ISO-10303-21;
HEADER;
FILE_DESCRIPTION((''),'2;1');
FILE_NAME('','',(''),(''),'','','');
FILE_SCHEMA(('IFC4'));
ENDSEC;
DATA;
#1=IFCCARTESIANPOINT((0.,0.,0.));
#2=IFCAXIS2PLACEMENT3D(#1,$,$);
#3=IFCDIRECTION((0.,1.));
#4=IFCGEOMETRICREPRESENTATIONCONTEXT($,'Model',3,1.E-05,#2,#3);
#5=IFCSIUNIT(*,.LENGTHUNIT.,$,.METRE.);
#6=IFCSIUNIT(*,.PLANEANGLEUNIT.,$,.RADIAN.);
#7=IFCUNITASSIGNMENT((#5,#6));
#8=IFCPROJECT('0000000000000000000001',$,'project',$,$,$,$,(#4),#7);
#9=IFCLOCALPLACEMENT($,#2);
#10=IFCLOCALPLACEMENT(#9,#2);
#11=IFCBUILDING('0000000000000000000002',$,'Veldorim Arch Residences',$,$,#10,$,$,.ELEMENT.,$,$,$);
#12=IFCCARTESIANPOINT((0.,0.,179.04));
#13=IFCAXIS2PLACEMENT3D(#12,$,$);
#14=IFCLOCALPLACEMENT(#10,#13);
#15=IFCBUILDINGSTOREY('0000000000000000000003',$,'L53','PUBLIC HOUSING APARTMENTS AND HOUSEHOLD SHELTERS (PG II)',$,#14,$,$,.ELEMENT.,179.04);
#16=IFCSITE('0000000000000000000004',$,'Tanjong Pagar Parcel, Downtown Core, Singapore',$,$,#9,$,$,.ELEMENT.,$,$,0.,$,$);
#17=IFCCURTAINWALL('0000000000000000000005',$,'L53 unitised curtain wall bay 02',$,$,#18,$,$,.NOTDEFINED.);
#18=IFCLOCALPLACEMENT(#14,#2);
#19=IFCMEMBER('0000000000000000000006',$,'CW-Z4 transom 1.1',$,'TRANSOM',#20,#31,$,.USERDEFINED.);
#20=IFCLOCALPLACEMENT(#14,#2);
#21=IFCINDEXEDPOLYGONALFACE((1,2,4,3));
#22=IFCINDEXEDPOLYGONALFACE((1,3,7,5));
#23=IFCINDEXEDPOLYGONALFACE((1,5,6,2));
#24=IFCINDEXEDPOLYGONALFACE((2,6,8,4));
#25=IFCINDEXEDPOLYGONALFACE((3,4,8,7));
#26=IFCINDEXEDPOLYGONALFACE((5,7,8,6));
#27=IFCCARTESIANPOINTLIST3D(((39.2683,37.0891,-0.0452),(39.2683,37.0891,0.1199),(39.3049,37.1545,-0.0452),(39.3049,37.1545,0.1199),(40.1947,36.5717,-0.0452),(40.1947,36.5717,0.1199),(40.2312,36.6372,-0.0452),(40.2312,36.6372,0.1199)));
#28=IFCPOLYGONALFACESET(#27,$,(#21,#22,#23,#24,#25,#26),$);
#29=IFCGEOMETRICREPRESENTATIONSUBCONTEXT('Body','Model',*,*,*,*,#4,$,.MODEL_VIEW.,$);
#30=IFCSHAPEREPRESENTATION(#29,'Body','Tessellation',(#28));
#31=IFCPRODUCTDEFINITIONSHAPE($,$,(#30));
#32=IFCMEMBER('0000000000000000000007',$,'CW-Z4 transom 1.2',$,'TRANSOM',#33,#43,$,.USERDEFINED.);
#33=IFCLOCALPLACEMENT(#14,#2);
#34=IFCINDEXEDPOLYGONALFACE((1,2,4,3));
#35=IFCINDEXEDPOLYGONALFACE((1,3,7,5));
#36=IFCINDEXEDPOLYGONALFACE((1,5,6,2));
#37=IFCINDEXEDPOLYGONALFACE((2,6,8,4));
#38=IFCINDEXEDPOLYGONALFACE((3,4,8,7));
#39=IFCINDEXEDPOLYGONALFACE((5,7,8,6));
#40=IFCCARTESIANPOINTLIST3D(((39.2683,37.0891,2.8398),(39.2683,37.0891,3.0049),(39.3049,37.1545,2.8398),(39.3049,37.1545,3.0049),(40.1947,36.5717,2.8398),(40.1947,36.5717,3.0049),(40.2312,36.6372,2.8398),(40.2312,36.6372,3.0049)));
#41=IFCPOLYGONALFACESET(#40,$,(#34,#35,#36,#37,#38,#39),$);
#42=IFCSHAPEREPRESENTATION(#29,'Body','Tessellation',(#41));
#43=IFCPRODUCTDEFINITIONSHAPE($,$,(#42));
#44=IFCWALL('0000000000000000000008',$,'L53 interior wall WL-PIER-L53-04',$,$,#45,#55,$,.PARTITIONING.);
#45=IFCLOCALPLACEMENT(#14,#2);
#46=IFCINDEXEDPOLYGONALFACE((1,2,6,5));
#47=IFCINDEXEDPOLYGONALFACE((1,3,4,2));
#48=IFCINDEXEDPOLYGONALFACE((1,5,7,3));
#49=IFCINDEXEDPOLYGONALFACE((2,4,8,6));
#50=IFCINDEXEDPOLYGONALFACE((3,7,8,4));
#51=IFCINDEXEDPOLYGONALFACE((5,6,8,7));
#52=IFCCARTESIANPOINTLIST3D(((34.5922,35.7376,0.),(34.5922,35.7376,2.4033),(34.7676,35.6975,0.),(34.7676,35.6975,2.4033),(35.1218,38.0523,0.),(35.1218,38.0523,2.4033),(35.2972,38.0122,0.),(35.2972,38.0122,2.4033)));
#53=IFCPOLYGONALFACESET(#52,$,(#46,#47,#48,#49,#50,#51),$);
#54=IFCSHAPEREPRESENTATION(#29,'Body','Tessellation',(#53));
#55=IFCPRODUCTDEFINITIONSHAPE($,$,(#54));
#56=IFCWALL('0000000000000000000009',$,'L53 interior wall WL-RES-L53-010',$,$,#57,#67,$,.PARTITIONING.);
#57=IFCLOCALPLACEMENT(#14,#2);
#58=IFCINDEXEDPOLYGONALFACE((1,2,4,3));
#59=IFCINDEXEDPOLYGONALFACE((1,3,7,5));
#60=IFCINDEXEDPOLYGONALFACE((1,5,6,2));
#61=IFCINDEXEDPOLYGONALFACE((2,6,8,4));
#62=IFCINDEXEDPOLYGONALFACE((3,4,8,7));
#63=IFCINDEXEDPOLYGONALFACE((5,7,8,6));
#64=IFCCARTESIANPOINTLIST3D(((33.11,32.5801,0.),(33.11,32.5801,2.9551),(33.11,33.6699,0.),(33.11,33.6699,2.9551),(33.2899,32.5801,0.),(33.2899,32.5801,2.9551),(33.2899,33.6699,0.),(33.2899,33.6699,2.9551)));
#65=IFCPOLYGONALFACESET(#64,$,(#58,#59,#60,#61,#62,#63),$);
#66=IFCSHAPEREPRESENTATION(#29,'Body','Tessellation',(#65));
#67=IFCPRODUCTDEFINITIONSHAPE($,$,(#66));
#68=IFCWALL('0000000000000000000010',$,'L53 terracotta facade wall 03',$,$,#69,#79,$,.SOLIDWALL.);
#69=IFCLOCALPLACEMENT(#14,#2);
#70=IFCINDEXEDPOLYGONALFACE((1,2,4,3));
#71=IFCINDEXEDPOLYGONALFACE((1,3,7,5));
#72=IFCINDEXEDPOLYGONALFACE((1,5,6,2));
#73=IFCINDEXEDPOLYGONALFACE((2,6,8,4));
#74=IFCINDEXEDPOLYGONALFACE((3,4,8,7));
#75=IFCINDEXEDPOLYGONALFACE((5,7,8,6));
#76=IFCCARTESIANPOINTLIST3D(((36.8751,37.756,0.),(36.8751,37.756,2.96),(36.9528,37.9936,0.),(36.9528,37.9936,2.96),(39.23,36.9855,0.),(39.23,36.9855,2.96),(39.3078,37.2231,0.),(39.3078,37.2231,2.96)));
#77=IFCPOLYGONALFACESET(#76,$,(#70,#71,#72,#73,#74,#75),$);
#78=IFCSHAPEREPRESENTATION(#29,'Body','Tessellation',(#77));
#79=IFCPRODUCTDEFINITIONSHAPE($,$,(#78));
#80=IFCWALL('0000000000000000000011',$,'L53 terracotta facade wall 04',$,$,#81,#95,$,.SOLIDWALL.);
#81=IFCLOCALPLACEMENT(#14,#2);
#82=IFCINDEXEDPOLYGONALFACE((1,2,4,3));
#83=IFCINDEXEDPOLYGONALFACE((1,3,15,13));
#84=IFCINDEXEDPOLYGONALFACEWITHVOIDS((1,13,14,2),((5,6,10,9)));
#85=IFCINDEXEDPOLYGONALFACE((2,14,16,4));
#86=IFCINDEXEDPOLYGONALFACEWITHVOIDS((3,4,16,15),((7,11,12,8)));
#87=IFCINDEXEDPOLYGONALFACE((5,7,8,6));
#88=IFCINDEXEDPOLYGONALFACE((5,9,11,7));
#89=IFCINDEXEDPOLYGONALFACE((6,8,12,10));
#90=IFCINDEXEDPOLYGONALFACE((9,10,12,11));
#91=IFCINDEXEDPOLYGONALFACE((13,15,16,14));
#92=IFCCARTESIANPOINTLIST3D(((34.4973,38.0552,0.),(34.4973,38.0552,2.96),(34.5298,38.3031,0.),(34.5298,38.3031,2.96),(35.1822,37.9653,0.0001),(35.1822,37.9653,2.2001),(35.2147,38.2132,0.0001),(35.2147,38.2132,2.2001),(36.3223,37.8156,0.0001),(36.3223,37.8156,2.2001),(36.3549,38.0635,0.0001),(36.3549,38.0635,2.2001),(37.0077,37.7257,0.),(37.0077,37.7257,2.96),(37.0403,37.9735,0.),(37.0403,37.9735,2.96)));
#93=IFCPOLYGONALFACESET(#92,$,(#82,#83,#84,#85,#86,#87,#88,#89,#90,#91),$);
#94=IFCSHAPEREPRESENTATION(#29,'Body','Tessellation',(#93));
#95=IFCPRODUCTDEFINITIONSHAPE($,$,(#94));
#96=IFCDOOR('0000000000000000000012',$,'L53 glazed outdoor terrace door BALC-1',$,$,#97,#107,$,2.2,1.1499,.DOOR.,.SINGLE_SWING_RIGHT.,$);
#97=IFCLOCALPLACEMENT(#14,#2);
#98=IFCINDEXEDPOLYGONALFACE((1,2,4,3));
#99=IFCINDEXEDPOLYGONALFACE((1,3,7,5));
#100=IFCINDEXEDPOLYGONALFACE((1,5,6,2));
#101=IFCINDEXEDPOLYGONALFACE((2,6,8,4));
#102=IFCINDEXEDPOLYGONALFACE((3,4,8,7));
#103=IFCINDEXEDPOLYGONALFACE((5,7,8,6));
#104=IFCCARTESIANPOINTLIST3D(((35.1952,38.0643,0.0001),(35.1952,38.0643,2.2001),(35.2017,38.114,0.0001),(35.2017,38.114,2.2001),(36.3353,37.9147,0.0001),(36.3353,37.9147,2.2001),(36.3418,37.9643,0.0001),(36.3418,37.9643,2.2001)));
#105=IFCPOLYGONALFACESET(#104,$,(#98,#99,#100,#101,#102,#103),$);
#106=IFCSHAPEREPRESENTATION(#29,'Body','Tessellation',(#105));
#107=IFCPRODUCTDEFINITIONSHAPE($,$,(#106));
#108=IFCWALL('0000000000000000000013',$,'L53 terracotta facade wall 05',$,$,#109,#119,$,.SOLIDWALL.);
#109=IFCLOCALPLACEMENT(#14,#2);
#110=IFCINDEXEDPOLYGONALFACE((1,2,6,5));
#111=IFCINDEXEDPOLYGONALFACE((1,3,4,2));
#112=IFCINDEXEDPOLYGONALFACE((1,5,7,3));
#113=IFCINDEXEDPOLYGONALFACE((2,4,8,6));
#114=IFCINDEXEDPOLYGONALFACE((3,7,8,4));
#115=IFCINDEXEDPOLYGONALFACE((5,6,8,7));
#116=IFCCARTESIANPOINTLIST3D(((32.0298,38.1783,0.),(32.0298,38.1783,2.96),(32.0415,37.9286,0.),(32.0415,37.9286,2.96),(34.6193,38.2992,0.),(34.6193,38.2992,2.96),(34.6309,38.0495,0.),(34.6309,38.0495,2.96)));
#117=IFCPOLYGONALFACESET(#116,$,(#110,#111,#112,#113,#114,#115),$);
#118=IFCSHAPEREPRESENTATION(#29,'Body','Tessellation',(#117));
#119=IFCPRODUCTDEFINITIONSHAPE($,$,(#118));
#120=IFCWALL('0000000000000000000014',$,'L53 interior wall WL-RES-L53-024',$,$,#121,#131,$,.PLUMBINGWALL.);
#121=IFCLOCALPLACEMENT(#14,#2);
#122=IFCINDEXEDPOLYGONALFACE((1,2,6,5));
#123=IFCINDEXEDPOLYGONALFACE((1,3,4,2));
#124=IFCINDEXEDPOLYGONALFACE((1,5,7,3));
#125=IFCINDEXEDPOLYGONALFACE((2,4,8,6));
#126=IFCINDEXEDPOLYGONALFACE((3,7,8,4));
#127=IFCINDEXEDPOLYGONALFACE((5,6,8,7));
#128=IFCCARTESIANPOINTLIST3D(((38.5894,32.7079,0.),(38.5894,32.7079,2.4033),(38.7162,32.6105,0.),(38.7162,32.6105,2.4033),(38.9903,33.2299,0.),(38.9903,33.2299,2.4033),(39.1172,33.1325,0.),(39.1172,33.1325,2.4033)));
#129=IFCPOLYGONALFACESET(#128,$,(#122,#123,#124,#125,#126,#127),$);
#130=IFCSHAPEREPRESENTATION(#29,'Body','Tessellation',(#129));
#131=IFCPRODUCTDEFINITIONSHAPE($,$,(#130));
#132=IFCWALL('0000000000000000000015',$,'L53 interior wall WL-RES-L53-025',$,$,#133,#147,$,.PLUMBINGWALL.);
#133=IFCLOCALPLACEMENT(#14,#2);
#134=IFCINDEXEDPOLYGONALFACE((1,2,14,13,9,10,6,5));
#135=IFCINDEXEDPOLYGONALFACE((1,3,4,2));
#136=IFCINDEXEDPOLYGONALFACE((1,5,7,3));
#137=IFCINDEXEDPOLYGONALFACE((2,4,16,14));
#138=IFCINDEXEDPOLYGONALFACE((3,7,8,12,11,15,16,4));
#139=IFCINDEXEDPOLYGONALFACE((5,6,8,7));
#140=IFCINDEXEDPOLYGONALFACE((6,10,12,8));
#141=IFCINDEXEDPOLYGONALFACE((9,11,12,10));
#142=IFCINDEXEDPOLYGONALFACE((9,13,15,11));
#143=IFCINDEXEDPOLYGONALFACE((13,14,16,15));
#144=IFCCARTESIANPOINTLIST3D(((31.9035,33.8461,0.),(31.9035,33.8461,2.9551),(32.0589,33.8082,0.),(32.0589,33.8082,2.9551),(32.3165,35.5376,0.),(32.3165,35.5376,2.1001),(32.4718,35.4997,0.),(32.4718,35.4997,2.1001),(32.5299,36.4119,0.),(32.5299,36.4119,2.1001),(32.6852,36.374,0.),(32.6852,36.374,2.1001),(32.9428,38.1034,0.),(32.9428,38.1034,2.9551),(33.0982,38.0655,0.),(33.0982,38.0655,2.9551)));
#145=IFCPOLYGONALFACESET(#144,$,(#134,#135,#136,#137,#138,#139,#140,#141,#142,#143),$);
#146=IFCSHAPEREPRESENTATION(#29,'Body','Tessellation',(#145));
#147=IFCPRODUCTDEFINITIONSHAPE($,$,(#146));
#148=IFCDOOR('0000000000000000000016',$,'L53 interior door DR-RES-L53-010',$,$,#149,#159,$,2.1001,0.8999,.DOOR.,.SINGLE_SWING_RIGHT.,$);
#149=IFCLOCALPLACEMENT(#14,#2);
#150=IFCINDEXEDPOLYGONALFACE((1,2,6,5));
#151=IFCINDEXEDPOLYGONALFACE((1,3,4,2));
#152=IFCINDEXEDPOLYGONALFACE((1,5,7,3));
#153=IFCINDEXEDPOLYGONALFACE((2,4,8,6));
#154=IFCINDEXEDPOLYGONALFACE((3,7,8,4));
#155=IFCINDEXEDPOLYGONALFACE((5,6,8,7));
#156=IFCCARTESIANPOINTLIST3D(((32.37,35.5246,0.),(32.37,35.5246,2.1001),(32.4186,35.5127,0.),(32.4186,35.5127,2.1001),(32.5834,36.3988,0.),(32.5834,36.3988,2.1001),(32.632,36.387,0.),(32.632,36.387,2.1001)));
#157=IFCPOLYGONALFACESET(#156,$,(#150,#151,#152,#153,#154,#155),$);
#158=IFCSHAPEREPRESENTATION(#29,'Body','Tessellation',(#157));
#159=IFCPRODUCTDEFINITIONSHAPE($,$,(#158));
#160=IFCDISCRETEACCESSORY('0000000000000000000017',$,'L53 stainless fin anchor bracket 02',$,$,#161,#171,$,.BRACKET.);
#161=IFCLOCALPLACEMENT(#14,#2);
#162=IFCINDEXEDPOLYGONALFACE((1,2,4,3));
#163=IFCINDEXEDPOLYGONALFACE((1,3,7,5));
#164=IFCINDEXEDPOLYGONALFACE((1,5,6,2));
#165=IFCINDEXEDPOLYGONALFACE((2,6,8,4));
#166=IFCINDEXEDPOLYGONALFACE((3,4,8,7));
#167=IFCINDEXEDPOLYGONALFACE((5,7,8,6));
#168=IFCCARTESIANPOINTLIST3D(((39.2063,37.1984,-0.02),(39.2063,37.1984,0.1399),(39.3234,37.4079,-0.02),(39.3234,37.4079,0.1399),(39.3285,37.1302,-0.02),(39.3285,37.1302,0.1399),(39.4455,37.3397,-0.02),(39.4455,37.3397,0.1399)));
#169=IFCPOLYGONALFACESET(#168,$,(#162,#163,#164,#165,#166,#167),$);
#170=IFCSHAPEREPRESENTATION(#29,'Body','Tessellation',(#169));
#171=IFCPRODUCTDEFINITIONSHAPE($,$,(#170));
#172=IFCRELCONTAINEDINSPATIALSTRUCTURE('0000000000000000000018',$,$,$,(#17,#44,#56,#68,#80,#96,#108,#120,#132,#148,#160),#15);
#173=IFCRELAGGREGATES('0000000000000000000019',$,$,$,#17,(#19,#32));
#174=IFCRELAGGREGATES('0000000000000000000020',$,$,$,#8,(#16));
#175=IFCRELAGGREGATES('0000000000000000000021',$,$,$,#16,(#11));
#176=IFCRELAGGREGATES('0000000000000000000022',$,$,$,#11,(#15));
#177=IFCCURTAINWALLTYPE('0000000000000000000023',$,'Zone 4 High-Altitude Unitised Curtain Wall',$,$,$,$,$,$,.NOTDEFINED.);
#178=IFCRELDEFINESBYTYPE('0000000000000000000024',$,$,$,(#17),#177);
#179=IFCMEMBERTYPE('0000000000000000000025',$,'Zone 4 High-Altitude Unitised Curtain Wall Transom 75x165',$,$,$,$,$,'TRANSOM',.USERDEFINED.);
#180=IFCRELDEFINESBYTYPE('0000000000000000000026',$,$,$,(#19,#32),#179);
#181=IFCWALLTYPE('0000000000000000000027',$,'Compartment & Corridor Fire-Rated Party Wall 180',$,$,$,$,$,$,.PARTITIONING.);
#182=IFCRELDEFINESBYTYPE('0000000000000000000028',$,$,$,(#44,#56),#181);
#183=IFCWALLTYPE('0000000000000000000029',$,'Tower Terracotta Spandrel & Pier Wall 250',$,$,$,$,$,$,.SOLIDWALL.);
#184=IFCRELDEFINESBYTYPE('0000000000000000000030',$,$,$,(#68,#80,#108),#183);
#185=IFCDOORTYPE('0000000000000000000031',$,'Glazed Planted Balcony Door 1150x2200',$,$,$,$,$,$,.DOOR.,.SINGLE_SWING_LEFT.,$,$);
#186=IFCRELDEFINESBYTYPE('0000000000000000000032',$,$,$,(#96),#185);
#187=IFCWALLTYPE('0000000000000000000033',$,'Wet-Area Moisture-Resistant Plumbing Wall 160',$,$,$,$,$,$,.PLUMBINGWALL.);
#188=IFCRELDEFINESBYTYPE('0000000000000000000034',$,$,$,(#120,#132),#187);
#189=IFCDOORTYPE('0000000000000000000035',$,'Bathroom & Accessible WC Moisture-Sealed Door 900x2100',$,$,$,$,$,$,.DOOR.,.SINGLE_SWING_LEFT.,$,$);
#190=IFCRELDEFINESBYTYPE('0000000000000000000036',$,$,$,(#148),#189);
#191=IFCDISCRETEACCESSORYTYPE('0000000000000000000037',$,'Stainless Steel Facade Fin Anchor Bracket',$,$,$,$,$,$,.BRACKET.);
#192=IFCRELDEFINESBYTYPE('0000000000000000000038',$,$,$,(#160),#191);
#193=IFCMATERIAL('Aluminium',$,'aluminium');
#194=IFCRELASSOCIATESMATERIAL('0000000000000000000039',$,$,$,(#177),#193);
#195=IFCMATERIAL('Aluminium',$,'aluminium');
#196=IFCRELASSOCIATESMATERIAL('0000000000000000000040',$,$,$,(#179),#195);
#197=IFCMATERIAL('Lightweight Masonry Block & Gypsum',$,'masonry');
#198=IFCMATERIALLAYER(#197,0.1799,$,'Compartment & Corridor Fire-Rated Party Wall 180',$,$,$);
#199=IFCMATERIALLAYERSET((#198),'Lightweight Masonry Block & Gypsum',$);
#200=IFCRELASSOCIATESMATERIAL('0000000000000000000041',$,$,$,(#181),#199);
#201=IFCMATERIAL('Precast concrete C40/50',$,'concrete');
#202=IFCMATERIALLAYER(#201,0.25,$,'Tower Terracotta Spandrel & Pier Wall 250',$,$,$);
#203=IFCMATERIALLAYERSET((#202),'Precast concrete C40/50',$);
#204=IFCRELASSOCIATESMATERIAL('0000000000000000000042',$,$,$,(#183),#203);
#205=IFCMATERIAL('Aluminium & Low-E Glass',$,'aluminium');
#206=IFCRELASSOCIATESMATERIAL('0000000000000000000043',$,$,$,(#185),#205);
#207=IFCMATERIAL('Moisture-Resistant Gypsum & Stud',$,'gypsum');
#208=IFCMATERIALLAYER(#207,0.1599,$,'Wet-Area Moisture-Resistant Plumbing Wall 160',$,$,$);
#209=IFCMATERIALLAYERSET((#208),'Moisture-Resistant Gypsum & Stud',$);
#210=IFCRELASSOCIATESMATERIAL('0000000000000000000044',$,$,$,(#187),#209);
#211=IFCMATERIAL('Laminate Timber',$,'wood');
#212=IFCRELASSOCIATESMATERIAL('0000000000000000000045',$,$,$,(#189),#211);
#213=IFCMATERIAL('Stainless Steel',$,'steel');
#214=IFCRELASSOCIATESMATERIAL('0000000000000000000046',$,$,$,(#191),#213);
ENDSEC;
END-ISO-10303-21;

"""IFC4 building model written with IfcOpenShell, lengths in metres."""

from ifc_helpers import new_model, si_unit, direction, frame, frame_2d, origin, origin_2d, place, context, subcontext, project, spatial, rectangle, extrude, material, layer, layer_set, material_profile, profile_set, type_object, element, fill, aggregate, save


model = new_model("IFC4")

# Units and contexts
model_context = context("Model", 3, precision=1e-05, world=origin(), true_north=direction((0.0, 1.0)))
body_context = subcontext(model_context, "Body", "Model", "MODEL_VIEW")
ifc_project = project(units=[si_unit("LENGTHUNIT", "METRE"), si_unit("PLANEANGLEUNIT", "RADIAN")], contexts=[model_context])

# Site, building, storey
site_placement = place(None, origin())
site = spatial("IfcSite", under=ifc_project, at=site_placement, Name="Tanjong Pagar Parcel, Downtown Core, Singapore", CompositionType="ELEMENT", RefElevation=0.0)
building_placement = place(site_placement, origin())
building = spatial("IfcBuilding", under=site, at=building_placement, Name="Veldorim Arch Residences", CompositionType="ELEMENT")
storey_placement = place(building_placement, frame((0.0, 0.0, 179.04)))
storey = spatial("IfcBuildingStorey", under=building, at=storey_placement, Name="L53", Description="PUBLIC HOUSING APARTMENTS AND HOUSEHOLD SHELTERS (PG II)", CompositionType="ELEMENT", Elevation=179.04)

# Curtain wall, members
ifc_material_1 = material(Name="Aluminium", Category="aluminium")
curtain_wall_type = type_object("IfcCurtainWallType", Name="Zone 4 High-Altitude Unitised Curtain Wall", PredefinedType="NOTDEFINED", material=ifc_material_1)
curtain_wall_placement = place(storey_placement, origin())
curtain_wall = element("IfcCurtainWall", 1, at=curtain_wall_placement, inside=storey, type_object=curtain_wall_type, Name="L53 unitised curtain wall bay 02", PredefinedType="NOTDEFINED")
ifc_material_2 = material(Name="Aluminium", Category="aluminium")
ifc_material_profile_1 = material_profile(ifc_material_2, rectangle(XDim=0.075, YDim=0.165, at=origin_2d()), Name="ALU_TRN_75x165")
ifc_profile_set_1 = profile_set([ifc_material_profile_1], Name="Aluminium")
member_type_1 = type_object("IfcMemberType", Name="Zone 4 High-Altitude Unitised Curtain Wall Transom 75x165", ElementType="TRANSOM", PredefinedType="USERDEFINED", material=ifc_profile_set_1)
member_1_placement = place(storey_placement, frame((39.2866, 37.1218, 0.0374), z_axis=(0.873059, -0.487615, 0.0), x_axis=(0.487615, 0.873059, 0.0)))
member_1 = element("IfcMember", 2, at=member_1_placement, type_object=member_type_1, Name="CW-Z4 transom 1.1", ObjectType="TRANSOM", PredefinedType="USERDEFINED", context=body_context, shape_type="SweptSolid", body=[
    extrude(rectangle(XDim=0.075, YDim=0.165, at=origin_2d()), origin(), (0.0, 0.0, 1.0), 1.061),
])
member_2_placement = place(storey_placement, frame((39.2866, 37.1218, 2.9224), z_axis=(0.873059, -0.487615, 0.0), x_axis=(0.487615, 0.873059, 0.0)))
member_2 = element("IfcMember", 3, at=member_2_placement, type_object=member_type_1, Name="CW-Z4 transom 1.2", ObjectType="TRANSOM", PredefinedType="USERDEFINED", context=body_context, shape_type="SweptSolid", body=[
    extrude(rectangle(XDim=0.075, YDim=0.165, at=origin_2d()), origin(), (0.0, 0.0, 1.0), 1.061),
])
aggregate(curtain_wall, [member_1, member_2])

# Wall
ifc_material_3 = material(Name="Lightweight Masonry Block & Gypsum", Category="masonry")
ifc_layer_1 = layer(ifc_material_3, 0.1799, Name="Compartment & Corridor Fire-Rated Party Wall 180")
ifc_layer_set_1 = layer_set([ifc_layer_1], Name="Lightweight Masonry Block & Gypsum")
wall_type_1 = type_object("IfcWallType", Name="Compartment & Corridor Fire-Rated Party Wall 180", PredefinedType="PARTITIONING", material=ifc_layer_set_1)
wall_1_placement = place(storey_placement, frame((34.6799, 35.7175, 0.0), z_axis=(0.0, 0.0, 1.0), x_axis=(0.223012, 0.974816, 0.0)))
element("IfcWall", 4, at=wall_1_placement, inside=storey, type_object=wall_type_1, Name="L53 interior wall WL-PIER-L53-04", PredefinedType="PARTITIONING", context=body_context, shape_type="SweptSolid", body=[
    extrude(rectangle(XDim=2.3745, YDim=0.1799, at=frame_2d((1.1873, 0.0))), origin(), (0.0, 0.0, 1.0), 2.4033),
])

# Walls
wall_2_placement = place(storey_placement, frame((33.2, 33.6699, 0.0), z_axis=(0.0, 0.0, 1.0), x_axis=(0.0, -1.0, 0.0)))
element("IfcWall", 5, at=wall_2_placement, inside=storey, type_object=wall_type_1, Name="L53 interior wall WL-RES-L53-010", PredefinedType="PARTITIONING", context=body_context, shape_type="SweptSolid", body=[
    extrude(rectangle(XDim=1.0898, YDim=0.1799, at=frame_2d((0.5449, 0.0))), origin(), (0.0, 0.0, 1.0), 2.9551),
])
ifc_material_4 = material(Name="Precast concrete C40/50", Category="concrete")
ifc_layer_2 = layer(ifc_material_4, 0.25, Name="Tower Terracotta Spandrel & Pier Wall 250")
ifc_layer_set_2 = layer_set([ifc_layer_2], Name="Precast concrete C40/50")
wall_type_2 = type_object("IfcWallType", Name="Tower Terracotta Spandrel & Pier Wall 250", PredefinedType="SOLIDWALL", material=ifc_layer_set_2)
wall_3_placement = place(storey_placement, frame((36.9141, 37.8748, 0.0), z_axis=(0.0, 0.0, 1.0), x_axis=(0.950423, -0.310961, 0.0)))
element("IfcWall", 6, at=wall_3_placement, inside=storey, type_object=wall_type_2, Name="L53 terracotta facade wall 03", PredefinedType="SOLIDWALL", context=body_context, shape_type="SweptSolid", body=[
    extrude(rectangle(XDim=2.4778, YDim=0.25, at=frame_2d((1.2388, 0.0))), origin(), (0.0, 0.0, 1.0), 2.96),
])

# Wall, opening, door
wall_4_placement = place(storey_placement, frame((34.5134, 38.1792, 0.0), z_axis=(0.0, 0.0, 1.0), x_axis=(0.991492, -0.130168, 0.0)))
wall_4 = element("IfcWall", 7, at=wall_4_placement, inside=storey, type_object=wall_type_2, Name="L53 terracotta facade wall 04", PredefinedType="SOLIDWALL", context=body_context, shape_type="SweptSolid", body=[
    extrude(rectangle(XDim=2.532, YDim=0.25, at=frame_2d((1.2661, 0.0))), origin(), (0.0, 0.0, 1.0), 2.96),
])
opening_1_placement = place(wall_4_placement, frame((0.6909, 0.0, 0.0)))
opening_1 = element("IfcOpeningElement", 8, at=opening_1_placement, cuts=wall_4, PredefinedType="OPENING", context=body_context, shape_type="SweptSolid", body=[
    extrude(rectangle(XDim=1.1499, YDim=2.2, at=frame_2d((0.575, 1.1001))), frame((0.0, 0.135, 0.0), z_axis=(0.0, -1.0, 0.0), x_axis=(1.0, 0.0, 0.0)), (0.0, 0.0, 1.0), 0.27),
])
ifc_material_5 = material(Name="Aluminium & Low-E Glass", Category="aluminium")
door_type_1 = type_object("IfcDoorType", Name="Glazed Planted Balcony Door 1150x2200", OperationType="SINGLE_SWING_LEFT", PredefinedType="DOOR", material=ifc_material_5)
door_1_placement = place(opening_1_placement, origin())
door_1 = element("IfcDoor", 9, at=door_1_placement, inside=storey, type_object=door_type_1, Name="L53 glazed outdoor terrace door BALC-1", OperationType="SINGLE_SWING_RIGHT", OverallHeight=2.2, OverallWidth=1.1499, PredefinedType="DOOR", context=body_context, shape_type="SweptSolid", body=[
    extrude(rectangle(XDim=1.1499, YDim=2.2, at=frame_2d((0.575, 1.1001))), frame((0.0, 0.0249, 0.0), z_axis=(0.0, -1.0, 0.0), x_axis=(1.0, 0.0, 0.0)), (0.0, 0.0, 1.0), 0.05),
])
fill(opening_1, door_1)

# Walls
wall_5_placement = place(storey_placement, frame((32.0356, 38.0535, 0.0), z_axis=(0.0, 0.0, 1.0), x_axis=(0.998913, 0.046621, 0.0)))
element("IfcWall", 10, at=wall_5_placement, inside=storey, type_object=wall_type_2, Name="L53 terracotta facade wall 05", PredefinedType="SOLIDWALL", context=body_context, shape_type="SweptSolid", body=[
    extrude(rectangle(XDim=2.5923, YDim=0.25, at=frame_2d((1.2961, 0.0))), origin(), (0.0, 0.0, 1.0), 2.96),
])
ifc_material_6 = material(Name="Moisture-Resistant Gypsum & Stud", Category="gypsum")
ifc_layer_3 = layer(ifc_material_6, 0.1599, Name="Wet-Area Moisture-Resistant Plumbing Wall 160")
ifc_layer_set_3 = layer_set([ifc_layer_3], Name="Moisture-Resistant Gypsum & Stud")
wall_type_3 = type_object("IfcWallType", Name="Wet-Area Moisture-Resistant Plumbing Wall 160", PredefinedType="PLUMBINGWALL", material=ifc_layer_set_3)
wall_6_placement = place(storey_placement, frame((38.6528, 32.6592, 0.0), z_axis=(0.0, 0.0, 1.0), x_axis=(0.609101, 0.793093, 0.0)))
element("IfcWall", 11, at=wall_6_placement, inside=storey, type_object=wall_type_3, Name="L53 interior wall WL-RES-L53-024", PredefinedType="PLUMBINGWALL", context=body_context, shape_type="SweptSolid", body=[
    extrude(rectangle(XDim=0.6582, YDim=0.1599, at=frame_2d((0.3291, 0.0))), origin(), (0.0, 0.0, 1.0), 2.4033),
])

# Wall, opening, door
wall_7_placement = place(storey_placement, frame((31.9812, 33.8271, 0.0), z_axis=(0.0, 0.0, 1.0), x_axis=(0.237158, 0.971471, 0.0)))
wall_7 = element("IfcWall", 12, at=wall_7_placement, inside=storey, type_object=wall_type_3, Name="L53 interior wall WL-RES-L53-025", PredefinedType="PLUMBINGWALL", context=body_context, shape_type="SweptSolid", body=[
    extrude(rectangle(XDim=4.3823, YDim=0.1599, at=frame_2d((2.1912, 0.0))), origin(), (0.0, 0.0, 1.0), 2.9551),
])
opening_2_placement = place(wall_7_placement, frame((1.7412, 0.0, 0.0)))
opening_2 = element("IfcOpeningElement", 13, at=opening_2_placement, cuts=wall_7, PredefinedType="OPENING", context=body_context, shape_type="SweptSolid", body=[
    extrude(rectangle(XDim=0.8999, YDim=2.1001, at=frame_2d((0.45, 1.05))), frame((0.0, 0.0898, 0.0), z_axis=(0.0, -1.0, 0.0), x_axis=(1.0, 0.0, 0.0)), (0.0, 0.0, 1.0), 0.1799),
])
ifc_material_7 = material(Name="Laminate Timber", Category="wood")
door_type_2 = type_object("IfcDoorType", Name="Bathroom & Accessible WC Moisture-Sealed Door 900x2100", OperationType="SINGLE_SWING_LEFT", PredefinedType="DOOR", material=ifc_material_7)
door_2_placement = place(opening_2_placement, origin())
door_2 = element("IfcDoor", 14, at=door_2_placement, inside=storey, type_object=door_type_2, Name="L53 interior door DR-RES-L53-010", OperationType="SINGLE_SWING_RIGHT", OverallHeight=2.1001, OverallWidth=0.8999, PredefinedType="DOOR", context=body_context, shape_type="SweptSolid", body=[
    extrude(rectangle(XDim=0.8999, YDim=2.1001, at=frame_2d((0.45, 1.05))), frame((0.0, 0.0249, 0.0), z_axis=(0.0, -1.0, 0.0), x_axis=(1.0, 0.0, 0.0)), (0.0, 0.0, 1.0), 0.05),
])
fill(opening_2, door_2)

# Discrete accessory
ifc_material_8 = material(Name="Stainless Steel", Category="steel")
discrete_accessory_type = type_object("IfcDiscreteAccessoryType", Name="Stainless Steel Facade Fin Anchor Bracket", PredefinedType="BRACKET", material=ifc_material_8)
discrete_accessory_placement = place(storey_placement, frame((39.3259, 37.269, -0.02), z_axis=(0.0, 0.0, 1.0), x_axis=(0.873007, -0.487707, 0.0)))
element("IfcDiscreteAccessory", 15, at=discrete_accessory_placement, inside=storey, type_object=discrete_accessory_type, Name="L53 stainless fin anchor bracket 02", PredefinedType="BRACKET", context=body_context, shape_type="SweptSolid", body=[
    extrude(rectangle(XDim=0.1399, YDim=0.24, at=origin_2d()), origin(), (0.0, 0.0, 1.0), 0.1599),
])

save(model, "model.ifc")
